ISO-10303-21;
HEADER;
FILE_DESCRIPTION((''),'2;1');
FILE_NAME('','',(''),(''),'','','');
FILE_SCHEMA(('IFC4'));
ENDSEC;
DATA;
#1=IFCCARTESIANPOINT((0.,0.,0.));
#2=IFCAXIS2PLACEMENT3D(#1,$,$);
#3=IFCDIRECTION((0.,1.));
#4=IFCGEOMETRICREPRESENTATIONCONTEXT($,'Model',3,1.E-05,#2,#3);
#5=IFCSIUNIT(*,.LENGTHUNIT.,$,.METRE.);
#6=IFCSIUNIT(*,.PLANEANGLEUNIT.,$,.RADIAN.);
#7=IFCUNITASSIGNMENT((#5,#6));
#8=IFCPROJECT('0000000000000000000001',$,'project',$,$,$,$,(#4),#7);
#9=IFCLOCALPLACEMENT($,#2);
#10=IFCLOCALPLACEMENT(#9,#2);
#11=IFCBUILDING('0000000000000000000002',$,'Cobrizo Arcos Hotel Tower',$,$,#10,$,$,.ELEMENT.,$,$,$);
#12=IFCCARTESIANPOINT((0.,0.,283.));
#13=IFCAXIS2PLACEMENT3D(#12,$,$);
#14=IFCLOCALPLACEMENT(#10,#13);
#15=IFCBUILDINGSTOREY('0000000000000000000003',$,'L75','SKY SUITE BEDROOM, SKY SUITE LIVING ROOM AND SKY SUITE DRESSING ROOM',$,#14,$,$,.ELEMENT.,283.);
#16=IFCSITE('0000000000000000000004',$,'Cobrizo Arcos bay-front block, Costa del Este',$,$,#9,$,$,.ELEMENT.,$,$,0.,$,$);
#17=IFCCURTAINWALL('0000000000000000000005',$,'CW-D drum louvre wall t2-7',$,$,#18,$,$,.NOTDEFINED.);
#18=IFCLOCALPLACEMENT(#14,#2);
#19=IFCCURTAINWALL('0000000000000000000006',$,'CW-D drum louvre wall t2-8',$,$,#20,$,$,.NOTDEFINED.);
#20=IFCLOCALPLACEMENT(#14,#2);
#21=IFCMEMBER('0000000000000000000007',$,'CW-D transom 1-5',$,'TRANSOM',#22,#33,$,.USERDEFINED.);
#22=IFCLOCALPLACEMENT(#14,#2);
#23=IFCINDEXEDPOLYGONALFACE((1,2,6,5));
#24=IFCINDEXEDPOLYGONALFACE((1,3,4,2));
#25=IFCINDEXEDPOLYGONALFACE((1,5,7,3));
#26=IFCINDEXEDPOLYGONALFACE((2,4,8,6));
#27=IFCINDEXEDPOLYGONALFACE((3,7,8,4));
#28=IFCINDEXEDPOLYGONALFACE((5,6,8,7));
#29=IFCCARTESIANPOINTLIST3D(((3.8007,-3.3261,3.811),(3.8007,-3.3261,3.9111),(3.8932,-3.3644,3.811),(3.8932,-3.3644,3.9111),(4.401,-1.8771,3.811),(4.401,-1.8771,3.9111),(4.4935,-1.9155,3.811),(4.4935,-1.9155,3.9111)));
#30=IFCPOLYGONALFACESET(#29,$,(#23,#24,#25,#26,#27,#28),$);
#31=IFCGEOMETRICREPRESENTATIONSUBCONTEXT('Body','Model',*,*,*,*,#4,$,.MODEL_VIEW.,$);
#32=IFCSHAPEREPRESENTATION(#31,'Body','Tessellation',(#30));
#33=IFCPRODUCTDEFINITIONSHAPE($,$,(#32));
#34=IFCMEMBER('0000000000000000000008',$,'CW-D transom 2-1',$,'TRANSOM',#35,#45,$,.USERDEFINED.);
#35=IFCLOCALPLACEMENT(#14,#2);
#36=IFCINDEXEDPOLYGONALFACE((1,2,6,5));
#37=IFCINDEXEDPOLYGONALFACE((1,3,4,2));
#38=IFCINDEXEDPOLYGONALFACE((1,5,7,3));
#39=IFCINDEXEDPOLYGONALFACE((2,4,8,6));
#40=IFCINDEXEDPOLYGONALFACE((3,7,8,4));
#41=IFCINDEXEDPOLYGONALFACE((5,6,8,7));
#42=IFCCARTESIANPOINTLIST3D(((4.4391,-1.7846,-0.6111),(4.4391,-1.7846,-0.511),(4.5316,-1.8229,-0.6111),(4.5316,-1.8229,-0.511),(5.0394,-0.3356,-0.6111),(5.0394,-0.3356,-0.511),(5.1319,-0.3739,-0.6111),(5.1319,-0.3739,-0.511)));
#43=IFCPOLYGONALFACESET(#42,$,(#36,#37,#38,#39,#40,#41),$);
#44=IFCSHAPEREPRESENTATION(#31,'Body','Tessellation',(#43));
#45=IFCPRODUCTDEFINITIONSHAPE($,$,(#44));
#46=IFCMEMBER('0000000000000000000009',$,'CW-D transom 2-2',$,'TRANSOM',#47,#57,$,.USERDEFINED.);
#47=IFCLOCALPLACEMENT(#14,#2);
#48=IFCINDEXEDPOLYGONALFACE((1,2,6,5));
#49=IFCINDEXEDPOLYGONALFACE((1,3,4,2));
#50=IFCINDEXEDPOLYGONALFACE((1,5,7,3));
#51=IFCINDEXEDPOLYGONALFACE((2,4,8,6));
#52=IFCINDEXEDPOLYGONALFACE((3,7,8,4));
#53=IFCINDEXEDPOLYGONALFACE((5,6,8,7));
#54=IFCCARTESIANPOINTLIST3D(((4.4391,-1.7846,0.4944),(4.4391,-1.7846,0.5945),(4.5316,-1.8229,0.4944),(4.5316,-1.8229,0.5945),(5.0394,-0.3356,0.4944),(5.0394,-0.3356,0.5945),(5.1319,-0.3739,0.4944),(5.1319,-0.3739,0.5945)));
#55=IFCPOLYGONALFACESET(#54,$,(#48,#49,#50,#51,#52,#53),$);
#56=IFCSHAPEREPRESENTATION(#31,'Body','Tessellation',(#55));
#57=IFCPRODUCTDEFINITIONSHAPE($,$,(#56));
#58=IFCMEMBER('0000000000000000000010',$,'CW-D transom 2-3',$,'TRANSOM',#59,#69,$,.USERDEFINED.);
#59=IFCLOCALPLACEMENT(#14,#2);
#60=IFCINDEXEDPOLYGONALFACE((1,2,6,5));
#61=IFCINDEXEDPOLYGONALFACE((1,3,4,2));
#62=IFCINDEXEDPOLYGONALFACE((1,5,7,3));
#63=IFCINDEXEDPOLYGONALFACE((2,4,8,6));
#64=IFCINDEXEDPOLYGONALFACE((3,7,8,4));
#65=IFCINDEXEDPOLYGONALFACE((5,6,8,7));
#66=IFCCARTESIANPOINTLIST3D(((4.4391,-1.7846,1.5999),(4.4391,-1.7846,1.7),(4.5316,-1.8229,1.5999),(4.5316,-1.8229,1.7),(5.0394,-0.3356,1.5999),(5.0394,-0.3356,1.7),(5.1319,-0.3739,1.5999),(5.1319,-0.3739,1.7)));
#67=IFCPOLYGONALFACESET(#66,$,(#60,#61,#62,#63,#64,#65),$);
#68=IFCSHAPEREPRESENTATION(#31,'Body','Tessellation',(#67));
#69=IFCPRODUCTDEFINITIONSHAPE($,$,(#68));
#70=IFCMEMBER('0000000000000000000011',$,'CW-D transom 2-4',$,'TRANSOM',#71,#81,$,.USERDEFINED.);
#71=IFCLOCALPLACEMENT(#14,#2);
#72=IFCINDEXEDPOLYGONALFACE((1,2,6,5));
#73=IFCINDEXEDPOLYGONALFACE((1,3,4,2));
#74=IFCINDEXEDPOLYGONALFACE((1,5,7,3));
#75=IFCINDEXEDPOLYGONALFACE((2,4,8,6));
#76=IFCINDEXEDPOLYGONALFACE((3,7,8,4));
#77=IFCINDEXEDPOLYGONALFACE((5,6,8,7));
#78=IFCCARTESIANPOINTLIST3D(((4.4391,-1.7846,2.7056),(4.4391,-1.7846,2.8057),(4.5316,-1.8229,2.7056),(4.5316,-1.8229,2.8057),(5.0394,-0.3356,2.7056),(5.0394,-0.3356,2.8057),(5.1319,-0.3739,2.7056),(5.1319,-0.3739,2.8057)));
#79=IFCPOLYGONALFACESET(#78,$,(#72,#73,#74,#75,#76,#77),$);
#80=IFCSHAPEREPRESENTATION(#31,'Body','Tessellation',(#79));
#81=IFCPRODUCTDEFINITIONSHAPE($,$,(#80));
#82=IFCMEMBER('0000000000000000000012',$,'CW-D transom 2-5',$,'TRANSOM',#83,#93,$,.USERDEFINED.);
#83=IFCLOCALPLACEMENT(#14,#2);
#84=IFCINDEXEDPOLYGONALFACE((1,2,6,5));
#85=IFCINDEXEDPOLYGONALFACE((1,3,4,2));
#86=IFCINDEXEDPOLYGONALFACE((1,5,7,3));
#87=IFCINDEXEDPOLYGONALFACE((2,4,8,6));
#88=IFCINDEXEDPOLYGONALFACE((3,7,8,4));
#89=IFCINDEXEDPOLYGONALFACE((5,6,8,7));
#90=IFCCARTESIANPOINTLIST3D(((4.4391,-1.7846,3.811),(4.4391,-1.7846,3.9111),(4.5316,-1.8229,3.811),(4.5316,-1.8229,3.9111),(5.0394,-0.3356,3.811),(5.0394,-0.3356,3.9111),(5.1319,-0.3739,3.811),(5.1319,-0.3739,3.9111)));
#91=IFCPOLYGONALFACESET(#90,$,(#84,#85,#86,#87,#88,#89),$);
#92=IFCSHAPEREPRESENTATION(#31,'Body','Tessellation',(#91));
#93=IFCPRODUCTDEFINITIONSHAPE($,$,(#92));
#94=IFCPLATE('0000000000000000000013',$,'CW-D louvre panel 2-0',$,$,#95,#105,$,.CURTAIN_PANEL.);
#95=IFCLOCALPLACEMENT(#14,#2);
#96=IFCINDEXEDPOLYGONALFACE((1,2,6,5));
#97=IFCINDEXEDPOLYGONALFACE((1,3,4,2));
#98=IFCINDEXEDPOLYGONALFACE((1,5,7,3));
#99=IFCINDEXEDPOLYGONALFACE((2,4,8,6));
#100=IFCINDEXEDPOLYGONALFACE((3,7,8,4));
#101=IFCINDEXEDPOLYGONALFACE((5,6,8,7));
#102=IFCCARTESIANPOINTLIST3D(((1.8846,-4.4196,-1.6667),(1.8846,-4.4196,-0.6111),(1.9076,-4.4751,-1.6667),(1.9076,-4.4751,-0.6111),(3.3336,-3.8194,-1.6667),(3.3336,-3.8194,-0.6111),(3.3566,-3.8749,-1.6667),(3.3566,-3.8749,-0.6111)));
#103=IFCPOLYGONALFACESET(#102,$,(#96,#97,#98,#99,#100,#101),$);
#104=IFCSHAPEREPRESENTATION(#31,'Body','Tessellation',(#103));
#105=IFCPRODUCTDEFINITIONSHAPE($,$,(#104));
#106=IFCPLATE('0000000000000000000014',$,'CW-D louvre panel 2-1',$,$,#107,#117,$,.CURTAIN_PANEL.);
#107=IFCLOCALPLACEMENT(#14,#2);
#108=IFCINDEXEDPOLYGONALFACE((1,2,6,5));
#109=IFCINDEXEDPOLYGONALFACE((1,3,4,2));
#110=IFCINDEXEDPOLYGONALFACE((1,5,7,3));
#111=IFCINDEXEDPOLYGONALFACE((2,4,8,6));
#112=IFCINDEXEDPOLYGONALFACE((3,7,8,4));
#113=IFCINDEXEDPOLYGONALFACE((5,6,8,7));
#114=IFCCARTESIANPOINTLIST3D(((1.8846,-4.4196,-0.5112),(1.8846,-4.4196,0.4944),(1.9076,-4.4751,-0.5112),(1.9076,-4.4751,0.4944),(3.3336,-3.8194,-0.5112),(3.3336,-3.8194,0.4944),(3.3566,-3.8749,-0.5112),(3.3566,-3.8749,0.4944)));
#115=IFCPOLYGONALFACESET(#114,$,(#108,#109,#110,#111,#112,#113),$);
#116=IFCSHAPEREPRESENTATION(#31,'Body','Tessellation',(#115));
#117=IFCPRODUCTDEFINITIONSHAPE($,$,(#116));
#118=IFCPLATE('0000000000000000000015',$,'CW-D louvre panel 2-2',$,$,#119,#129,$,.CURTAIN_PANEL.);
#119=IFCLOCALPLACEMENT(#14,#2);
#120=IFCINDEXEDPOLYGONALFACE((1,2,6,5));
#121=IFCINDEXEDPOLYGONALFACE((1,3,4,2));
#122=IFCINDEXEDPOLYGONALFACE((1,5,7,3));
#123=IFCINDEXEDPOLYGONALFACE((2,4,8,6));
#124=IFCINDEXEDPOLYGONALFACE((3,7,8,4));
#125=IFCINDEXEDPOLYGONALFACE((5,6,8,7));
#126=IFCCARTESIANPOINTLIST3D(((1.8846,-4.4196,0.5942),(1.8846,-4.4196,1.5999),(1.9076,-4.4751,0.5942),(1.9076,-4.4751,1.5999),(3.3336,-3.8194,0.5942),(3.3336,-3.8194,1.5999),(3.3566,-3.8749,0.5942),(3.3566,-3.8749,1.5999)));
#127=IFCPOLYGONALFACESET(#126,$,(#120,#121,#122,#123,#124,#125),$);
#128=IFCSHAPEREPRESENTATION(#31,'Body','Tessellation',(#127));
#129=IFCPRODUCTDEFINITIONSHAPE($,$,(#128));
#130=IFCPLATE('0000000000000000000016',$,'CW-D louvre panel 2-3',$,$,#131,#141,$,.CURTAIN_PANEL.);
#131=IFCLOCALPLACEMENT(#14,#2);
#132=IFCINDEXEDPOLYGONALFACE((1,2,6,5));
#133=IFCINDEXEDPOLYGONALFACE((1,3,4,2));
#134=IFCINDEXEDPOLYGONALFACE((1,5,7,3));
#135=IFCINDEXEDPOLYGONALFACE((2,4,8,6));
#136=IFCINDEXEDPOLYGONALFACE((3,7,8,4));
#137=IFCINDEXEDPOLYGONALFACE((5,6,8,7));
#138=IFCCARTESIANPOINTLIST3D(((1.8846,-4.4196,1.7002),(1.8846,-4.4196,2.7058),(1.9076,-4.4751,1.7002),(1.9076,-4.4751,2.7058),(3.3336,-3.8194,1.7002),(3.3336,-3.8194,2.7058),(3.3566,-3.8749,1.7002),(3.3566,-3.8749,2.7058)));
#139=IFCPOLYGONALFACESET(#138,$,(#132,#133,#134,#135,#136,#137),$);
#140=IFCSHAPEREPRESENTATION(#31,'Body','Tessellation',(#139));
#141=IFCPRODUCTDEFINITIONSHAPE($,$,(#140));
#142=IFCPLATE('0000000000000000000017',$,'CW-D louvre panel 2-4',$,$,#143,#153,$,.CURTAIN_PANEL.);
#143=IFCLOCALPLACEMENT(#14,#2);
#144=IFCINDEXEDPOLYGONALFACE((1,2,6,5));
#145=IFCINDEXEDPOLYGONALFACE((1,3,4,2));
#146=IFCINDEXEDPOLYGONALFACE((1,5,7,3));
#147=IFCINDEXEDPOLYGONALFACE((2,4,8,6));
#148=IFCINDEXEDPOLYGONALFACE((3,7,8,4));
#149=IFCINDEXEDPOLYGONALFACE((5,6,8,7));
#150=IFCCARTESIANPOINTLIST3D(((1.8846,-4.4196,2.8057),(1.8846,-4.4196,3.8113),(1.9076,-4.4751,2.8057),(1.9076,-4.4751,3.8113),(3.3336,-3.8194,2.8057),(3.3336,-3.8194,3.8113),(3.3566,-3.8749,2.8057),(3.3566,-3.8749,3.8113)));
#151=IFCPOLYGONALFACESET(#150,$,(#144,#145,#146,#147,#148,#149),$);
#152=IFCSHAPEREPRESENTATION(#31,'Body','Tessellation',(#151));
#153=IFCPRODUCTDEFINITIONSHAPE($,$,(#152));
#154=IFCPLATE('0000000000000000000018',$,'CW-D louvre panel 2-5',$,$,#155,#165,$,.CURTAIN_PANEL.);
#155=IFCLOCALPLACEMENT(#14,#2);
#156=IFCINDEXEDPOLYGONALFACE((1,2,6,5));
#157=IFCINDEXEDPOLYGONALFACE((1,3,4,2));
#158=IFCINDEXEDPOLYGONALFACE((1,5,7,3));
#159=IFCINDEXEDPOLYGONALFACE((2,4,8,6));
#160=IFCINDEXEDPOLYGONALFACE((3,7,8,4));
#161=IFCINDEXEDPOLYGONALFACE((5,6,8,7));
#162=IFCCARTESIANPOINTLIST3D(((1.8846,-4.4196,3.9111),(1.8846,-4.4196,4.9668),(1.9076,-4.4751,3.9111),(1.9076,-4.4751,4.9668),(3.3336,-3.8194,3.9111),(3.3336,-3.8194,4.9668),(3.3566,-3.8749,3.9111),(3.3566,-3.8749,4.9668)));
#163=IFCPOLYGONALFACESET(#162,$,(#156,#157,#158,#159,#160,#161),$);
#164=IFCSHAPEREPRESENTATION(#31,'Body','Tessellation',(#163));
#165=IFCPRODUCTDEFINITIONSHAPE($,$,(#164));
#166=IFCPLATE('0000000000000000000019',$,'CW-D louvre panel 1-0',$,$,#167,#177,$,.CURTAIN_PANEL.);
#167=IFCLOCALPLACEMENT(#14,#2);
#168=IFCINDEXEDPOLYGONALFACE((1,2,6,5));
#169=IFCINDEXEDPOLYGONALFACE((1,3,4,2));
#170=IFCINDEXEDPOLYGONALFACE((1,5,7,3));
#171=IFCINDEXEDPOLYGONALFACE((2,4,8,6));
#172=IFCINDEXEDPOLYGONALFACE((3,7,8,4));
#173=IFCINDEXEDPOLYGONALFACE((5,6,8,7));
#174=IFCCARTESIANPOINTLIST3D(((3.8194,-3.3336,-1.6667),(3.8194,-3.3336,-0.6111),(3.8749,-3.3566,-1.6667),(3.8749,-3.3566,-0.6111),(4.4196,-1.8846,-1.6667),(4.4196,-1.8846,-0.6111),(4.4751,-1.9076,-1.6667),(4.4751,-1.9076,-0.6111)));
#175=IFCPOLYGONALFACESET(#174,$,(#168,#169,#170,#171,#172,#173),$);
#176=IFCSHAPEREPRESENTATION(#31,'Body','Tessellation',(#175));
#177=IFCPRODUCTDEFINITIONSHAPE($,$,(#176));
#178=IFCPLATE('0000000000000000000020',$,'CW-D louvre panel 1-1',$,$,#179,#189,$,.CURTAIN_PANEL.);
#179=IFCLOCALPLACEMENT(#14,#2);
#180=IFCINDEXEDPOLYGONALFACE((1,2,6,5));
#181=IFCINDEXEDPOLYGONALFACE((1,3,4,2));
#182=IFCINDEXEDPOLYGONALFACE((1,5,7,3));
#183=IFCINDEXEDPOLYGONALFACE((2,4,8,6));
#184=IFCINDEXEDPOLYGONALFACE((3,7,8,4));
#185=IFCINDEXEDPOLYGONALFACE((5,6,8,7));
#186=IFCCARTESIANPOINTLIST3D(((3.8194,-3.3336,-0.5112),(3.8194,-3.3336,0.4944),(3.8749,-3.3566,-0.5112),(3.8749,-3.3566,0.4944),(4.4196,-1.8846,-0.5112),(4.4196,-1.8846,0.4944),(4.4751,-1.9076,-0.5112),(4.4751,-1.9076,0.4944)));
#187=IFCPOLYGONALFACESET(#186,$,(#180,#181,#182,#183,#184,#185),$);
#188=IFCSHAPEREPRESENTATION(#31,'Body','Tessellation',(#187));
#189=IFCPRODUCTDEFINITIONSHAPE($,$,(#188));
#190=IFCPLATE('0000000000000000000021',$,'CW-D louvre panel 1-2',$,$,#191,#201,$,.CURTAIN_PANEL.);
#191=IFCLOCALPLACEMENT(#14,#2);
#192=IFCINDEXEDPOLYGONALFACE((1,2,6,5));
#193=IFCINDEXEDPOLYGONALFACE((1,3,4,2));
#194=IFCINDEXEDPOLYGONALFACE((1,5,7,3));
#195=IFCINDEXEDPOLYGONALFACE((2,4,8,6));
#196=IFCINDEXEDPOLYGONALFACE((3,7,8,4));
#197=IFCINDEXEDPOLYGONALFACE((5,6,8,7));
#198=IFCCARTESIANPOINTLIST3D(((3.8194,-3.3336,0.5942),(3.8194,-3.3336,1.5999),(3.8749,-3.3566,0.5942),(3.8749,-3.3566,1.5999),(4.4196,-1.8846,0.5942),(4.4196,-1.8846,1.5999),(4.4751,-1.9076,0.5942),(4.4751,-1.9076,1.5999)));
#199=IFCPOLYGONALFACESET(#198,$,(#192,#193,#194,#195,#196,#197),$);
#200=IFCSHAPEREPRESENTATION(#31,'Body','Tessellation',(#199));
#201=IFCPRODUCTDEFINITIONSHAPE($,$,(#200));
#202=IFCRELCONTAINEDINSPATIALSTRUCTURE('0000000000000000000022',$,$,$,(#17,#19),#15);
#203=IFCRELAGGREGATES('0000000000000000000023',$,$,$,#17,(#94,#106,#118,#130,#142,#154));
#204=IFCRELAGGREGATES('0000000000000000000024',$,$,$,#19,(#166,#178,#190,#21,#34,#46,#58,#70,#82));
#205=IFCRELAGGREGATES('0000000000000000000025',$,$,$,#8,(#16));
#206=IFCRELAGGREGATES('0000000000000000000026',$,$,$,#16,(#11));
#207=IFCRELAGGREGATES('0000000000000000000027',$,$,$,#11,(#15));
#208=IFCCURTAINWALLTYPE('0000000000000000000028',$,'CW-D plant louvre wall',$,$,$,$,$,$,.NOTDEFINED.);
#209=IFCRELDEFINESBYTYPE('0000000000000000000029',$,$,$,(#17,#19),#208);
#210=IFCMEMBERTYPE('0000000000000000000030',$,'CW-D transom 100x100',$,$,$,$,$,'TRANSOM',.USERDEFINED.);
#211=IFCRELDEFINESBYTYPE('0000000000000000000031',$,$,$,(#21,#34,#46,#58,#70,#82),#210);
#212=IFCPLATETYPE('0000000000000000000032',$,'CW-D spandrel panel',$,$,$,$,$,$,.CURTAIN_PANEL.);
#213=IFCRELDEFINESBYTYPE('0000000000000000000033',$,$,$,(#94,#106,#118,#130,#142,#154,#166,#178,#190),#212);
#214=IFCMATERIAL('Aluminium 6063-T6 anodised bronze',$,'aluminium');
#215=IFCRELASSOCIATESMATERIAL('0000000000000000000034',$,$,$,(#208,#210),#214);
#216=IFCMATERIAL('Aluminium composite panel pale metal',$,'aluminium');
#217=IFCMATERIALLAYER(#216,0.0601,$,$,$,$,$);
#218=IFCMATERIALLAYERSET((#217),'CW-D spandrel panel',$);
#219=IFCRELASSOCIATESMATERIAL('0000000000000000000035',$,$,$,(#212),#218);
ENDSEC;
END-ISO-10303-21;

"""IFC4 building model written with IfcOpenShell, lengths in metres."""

from ifc_helpers import new_model, si_unit, direction, frame, origin, origin_2d, place, context, subcontext, project, spatial, rectangle, extrude, material, layer, layer_set, material_profile, profile_set, type_object, element, aggregate, save


model = new_model("IFC4")

# Units and contexts
model_context = context("Model", 3, precision=1e-05, world=origin(), true_north=direction((0.0, 1.0)))
body_context = subcontext(model_context, "Body", "Model", "MODEL_VIEW")
ifc_project = project(units=[si_unit("LENGTHUNIT", "METRE"), si_unit("PLANEANGLEUNIT", "RADIAN")], contexts=[model_context])

# Site, building, storey
site_placement = place(None, origin())
site = spatial("IfcSite", under=ifc_project, at=site_placement, Name="Cobrizo Arcos bay-front block, Costa del Este", CompositionType="ELEMENT", RefElevation=0.0)
building_placement = place(site_placement, origin())
building = spatial("IfcBuilding", under=site, at=building_placement, Name="Cobrizo Arcos Hotel Tower", CompositionType="ELEMENT")
storey_placement = place(building_placement, frame((0.0, 0.0, 283.0)))
storey = spatial("IfcBuildingStorey", under=building, at=storey_placement, Name="L75", Description="SKY SUITE BEDROOM, SKY SUITE LIVING ROOM AND SKY SUITE DRESSING ROOM", CompositionType="ELEMENT", Elevation=283.0)

# Curtain wall
ifc_material_1 = material(Name="Aluminium 6063-T6 anodised bronze", Category="aluminium")
curtain_wall_type = type_object("IfcCurtainWallType", Name="CW-D plant louvre wall", PredefinedType="NOTDEFINED", material=ifc_material_1)
curtain_wall_1_placement = place(storey_placement, origin())
curtain_wall_1 = element("IfcCurtainWall", 1, at=curtain_wall_1_placement, inside=storey, type_object=curtain_wall_type, Name="CW-D drum louvre wall t2-7", PredefinedType="NOTDEFINED")

# Curtain wall
curtain_wall_2_placement = place(storey_placement, origin())
curtain_wall_2 = element("IfcCurtainWall", 2, at=curtain_wall_2_placement, inside=storey, type_object=curtain_wall_type, Name="CW-D drum louvre wall t2-8", PredefinedType="NOTDEFINED")

# Members
ifc_material_profile_1 = material_profile(ifc_material_1, rectangle(XDim=0.1001, YDim=0.1001, at=origin_2d()), Name="CW-D transom 100x100")
ifc_profile_set_1 = profile_set([ifc_material_profile_1], Name="Aluminium 6063-T6 anodised bronze")
member_type_1 = type_object("IfcMemberType", Name="CW-D transom 100x100", ElementType="TRANSOM", PredefinedType="USERDEFINED", material=ifc_profile_set_1)
member_1_placement = place(storey_placement, frame((3.8469, -3.3452, 3.8611), z_axis=(0.382769, 0.923844, 0.0), x_axis=(-0.923844, 0.382769, 0.0)))
member_1 = element("IfcMember", 3, at=member_1_placement, type_object=member_type_1, Name="CW-D transom 1-5", ObjectType="TRANSOM", PredefinedType="USERDEFINED", context=body_context, shape_type="SweptSolid", body=[
    extrude(rectangle(XDim=0.1001, YDim=0.1001, at=origin_2d()), origin(), (0.0, 0.0, 1.0), 1.5684),
])
member_2_placement = place(storey_placement, frame((4.4854, -1.8037, -0.561), z_axis=(0.382769, 0.923844, 0.0), x_axis=(-0.923844, 0.382769, 0.0)))
member_2 = element("IfcMember", 4, at=member_2_placement, type_object=member_type_1, Name="CW-D transom 2-1", ObjectType="TRANSOM", PredefinedType="USERDEFINED", context=body_context, shape_type="SweptSolid", body=[
    extrude(rectangle(XDim=0.1001, YDim=0.1001, at=origin_2d()), origin(), (0.0, 0.0, 1.0), 1.5684),
])
member_3_placement = place(storey_placement, frame((4.4854, -1.8037, 0.5444), z_axis=(0.382769, 0.923844, 0.0), x_axis=(-0.923844, 0.382769, 0.0)))
member_3 = element("IfcMember", 5, at=member_3_placement, type_object=member_type_1, Name="CW-D transom 2-2", ObjectType="TRANSOM", PredefinedType="USERDEFINED", context=body_context, shape_type="SweptSolid", body=[
    extrude(rectangle(XDim=0.1001, YDim=0.1001, at=origin_2d()), origin(), (0.0, 0.0, 1.0), 1.5684),
])
member_4_placement = place(storey_placement, frame((4.4854, -1.8037, 1.6499), z_axis=(0.382769, 0.923844, 0.0), x_axis=(-0.923844, 0.382769, 0.0)))
member_4 = element("IfcMember", 6, at=member_4_placement, type_object=member_type_1, Name="CW-D transom 2-3", ObjectType="TRANSOM", PredefinedType="USERDEFINED", context=body_context, shape_type="SweptSolid", body=[
    extrude(rectangle(XDim=0.1001, YDim=0.1001, at=origin_2d()), origin(), (0.0, 0.0, 1.0), 1.5684),
])
member_5_placement = place(storey_placement, frame((4.4854, -1.8037, 2.7556), z_axis=(0.382769, 0.923844, 0.0), x_axis=(-0.923844, 0.382769, 0.0)))
member_5 = element("IfcMember", 7, at=member_5_placement, type_object=member_type_1, Name="CW-D transom 2-4", ObjectType="TRANSOM", PredefinedType="USERDEFINED", context=body_context, shape_type="SweptSolid", body=[
    extrude(rectangle(XDim=0.1001, YDim=0.1001, at=origin_2d()), origin(), (0.0, 0.0, 1.0), 1.5684),
])
member_6_placement = place(storey_placement, frame((4.4854, -1.8037, 3.8611), z_axis=(0.382769, 0.923844, 0.0), x_axis=(-0.923844, 0.382769, 0.0)))
member_6 = element("IfcMember", 8, at=member_6_placement, type_object=member_type_1, Name="CW-D transom 2-5", ObjectType="TRANSOM", PredefinedType="USERDEFINED", context=body_context, shape_type="SweptSolid", body=[
    extrude(rectangle(XDim=0.1001, YDim=0.1001, at=origin_2d()), origin(), (0.0, 0.0, 1.0), 1.5684),
])

# Plates
ifc_material_2 = material(Name="Aluminium composite panel pale metal", Category="aluminium")
ifc_layer = layer(ifc_material_2, 0.0601)
ifc_layer_set = layer_set([ifc_layer], Name="CW-D spandrel panel")
plate_type = type_object("IfcPlateType", Name="CW-D spandrel panel", PredefinedType="CURTAIN_PANEL", material=ifc_layer_set)
plate_1_placement = place(storey_placement, frame((2.6206, -4.1472, -1.6667), z_axis=(0.0, 0.0, 1.0), x_axis=(0.92388, 0.382683, 0.0)))
plate_1 = element("IfcPlate", 9, at=plate_1_placement, type_object=plate_type, Name="CW-D louvre panel 2-0", PredefinedType="CURTAIN_PANEL", context=body_context, shape_type="SweptSolid", body=[
    extrude(rectangle(XDim=1.5684, YDim=0.0601, at=origin_2d()), origin(), (0.0, 0.0, 1.0), 1.0557),
])
plate_2_placement = place(storey_placement, frame((2.6206, -4.1472, -0.5112), z_axis=(0.0, 0.0, 1.0), x_axis=(0.92388, 0.382683, 0.0)))
plate_2 = element("IfcPlate", 10, at=plate_2_placement, type_object=plate_type, Name="CW-D louvre panel 2-1", PredefinedType="CURTAIN_PANEL", context=body_context, shape_type="SweptSolid", body=[
    extrude(rectangle(XDim=1.5684, YDim=0.0601, at=origin_2d()), origin(), (0.0, 0.0, 1.0), 1.0056),
])
plate_3_placement = place(storey_placement, frame((2.6206, -4.1472, 0.5942), z_axis=(0.0, 0.0, 1.0), x_axis=(0.92388, 0.382683, 0.0)))
plate_3 = element("IfcPlate", 11, at=plate_3_placement, type_object=plate_type, Name="CW-D louvre panel 2-2", PredefinedType="CURTAIN_PANEL", context=body_context, shape_type="SweptSolid", body=[
    extrude(rectangle(XDim=1.5684, YDim=0.0601, at=origin_2d()), origin(), (0.0, 0.0, 1.0), 1.0056),
])
plate_4_placement = place(storey_placement, frame((2.6206, -4.1472, 1.7002), z_axis=(0.0, 0.0, 1.0), x_axis=(0.92388, 0.382683, 0.0)))
plate_4 = element("IfcPlate", 12, at=plate_4_placement, type_object=plate_type, Name="CW-D louvre panel 2-3", PredefinedType="CURTAIN_PANEL", context=body_context, shape_type="SweptSolid", body=[
    extrude(rectangle(XDim=1.5684, YDim=0.0601, at=origin_2d()), origin(), (0.0, 0.0, 1.0), 1.0056),
])
plate_5_placement = place(storey_placement, frame((2.6206, -4.1472, 2.8057), z_axis=(0.0, 0.0, 1.0), x_axis=(0.92388, 0.382683, 0.0)))
plate_5 = element("IfcPlate", 13, at=plate_5_placement, type_object=plate_type, Name="CW-D louvre panel 2-4", PredefinedType="CURTAIN_PANEL", context=body_context, shape_type="SweptSolid", body=[
    extrude(rectangle(XDim=1.5684, YDim=0.0601, at=origin_2d()), origin(), (0.0, 0.0, 1.0), 1.0056),
])
plate_6_placement = place(storey_placement, frame((2.6206, -4.1472, 3.9111), z_axis=(0.0, 0.0, 1.0), x_axis=(0.92388, 0.382683, 0.0)))
plate_6 = element("IfcPlate", 14, at=plate_6_placement, type_object=plate_type, Name="CW-D louvre panel 2-5", PredefinedType="CURTAIN_PANEL", context=body_context, shape_type="SweptSolid", body=[
    extrude(rectangle(XDim=1.5684, YDim=0.0601, at=origin_2d()), origin(), (0.0, 0.0, 1.0), 1.0557),
])
aggregate(curtain_wall_1, [plate_1, plate_2, plate_3, plate_4, plate_5, plate_6])
plate_7_placement = place(storey_placement, frame((4.1472, -2.6206, -1.6667), z_axis=(0.0, 0.0, 1.0), x_axis=(0.382683, 0.92388, 0.0)))
plate_7 = element("IfcPlate", 15, at=plate_7_placement, type_object=plate_type, Name="CW-D louvre panel 1-0", PredefinedType="CURTAIN_PANEL", context=body_context, shape_type="SweptSolid", body=[
    extrude(rectangle(XDim=1.5684, YDim=0.0601, at=origin_2d()), origin(), (0.0, 0.0, 1.0), 1.0557),
])
plate_8_placement = place(storey_placement, frame((4.1472, -2.6206, -0.5112), z_axis=(0.0, 0.0, 1.0), x_axis=(0.382683, 0.92388, 0.0)))
plate_8 = element("IfcPlate", 16, at=plate_8_placement, type_object=plate_type, Name="CW-D louvre panel 1-1", PredefinedType="CURTAIN_PANEL", context=body_context, shape_type="SweptSolid", body=[
    extrude(rectangle(XDim=1.5684, YDim=0.0601, at=origin_2d()), origin(), (0.0, 0.0, 1.0), 1.0056),
])
plate_9_placement = place(storey_placement, frame((4.1472, -2.6206, 0.5942), z_axis=(0.0, 0.0, 1.0), x_axis=(0.382683, 0.92388, 0.0)))
plate_9 = element("IfcPlate", 17, at=plate_9_placement, type_object=plate_type, Name="CW-D louvre panel 1-2", PredefinedType="CURTAIN_PANEL", context=body_context, shape_type="SweptSolid", body=[
    extrude(rectangle(XDim=1.5684, YDim=0.0601, at=origin_2d()), origin(), (0.0, 0.0, 1.0), 1.0056),
])
aggregate(curtain_wall_2, [plate_7, plate_8, plate_9, member_1, member_2, member_3, member_4, member_5, member_6])

save(model, "model.ifc")
